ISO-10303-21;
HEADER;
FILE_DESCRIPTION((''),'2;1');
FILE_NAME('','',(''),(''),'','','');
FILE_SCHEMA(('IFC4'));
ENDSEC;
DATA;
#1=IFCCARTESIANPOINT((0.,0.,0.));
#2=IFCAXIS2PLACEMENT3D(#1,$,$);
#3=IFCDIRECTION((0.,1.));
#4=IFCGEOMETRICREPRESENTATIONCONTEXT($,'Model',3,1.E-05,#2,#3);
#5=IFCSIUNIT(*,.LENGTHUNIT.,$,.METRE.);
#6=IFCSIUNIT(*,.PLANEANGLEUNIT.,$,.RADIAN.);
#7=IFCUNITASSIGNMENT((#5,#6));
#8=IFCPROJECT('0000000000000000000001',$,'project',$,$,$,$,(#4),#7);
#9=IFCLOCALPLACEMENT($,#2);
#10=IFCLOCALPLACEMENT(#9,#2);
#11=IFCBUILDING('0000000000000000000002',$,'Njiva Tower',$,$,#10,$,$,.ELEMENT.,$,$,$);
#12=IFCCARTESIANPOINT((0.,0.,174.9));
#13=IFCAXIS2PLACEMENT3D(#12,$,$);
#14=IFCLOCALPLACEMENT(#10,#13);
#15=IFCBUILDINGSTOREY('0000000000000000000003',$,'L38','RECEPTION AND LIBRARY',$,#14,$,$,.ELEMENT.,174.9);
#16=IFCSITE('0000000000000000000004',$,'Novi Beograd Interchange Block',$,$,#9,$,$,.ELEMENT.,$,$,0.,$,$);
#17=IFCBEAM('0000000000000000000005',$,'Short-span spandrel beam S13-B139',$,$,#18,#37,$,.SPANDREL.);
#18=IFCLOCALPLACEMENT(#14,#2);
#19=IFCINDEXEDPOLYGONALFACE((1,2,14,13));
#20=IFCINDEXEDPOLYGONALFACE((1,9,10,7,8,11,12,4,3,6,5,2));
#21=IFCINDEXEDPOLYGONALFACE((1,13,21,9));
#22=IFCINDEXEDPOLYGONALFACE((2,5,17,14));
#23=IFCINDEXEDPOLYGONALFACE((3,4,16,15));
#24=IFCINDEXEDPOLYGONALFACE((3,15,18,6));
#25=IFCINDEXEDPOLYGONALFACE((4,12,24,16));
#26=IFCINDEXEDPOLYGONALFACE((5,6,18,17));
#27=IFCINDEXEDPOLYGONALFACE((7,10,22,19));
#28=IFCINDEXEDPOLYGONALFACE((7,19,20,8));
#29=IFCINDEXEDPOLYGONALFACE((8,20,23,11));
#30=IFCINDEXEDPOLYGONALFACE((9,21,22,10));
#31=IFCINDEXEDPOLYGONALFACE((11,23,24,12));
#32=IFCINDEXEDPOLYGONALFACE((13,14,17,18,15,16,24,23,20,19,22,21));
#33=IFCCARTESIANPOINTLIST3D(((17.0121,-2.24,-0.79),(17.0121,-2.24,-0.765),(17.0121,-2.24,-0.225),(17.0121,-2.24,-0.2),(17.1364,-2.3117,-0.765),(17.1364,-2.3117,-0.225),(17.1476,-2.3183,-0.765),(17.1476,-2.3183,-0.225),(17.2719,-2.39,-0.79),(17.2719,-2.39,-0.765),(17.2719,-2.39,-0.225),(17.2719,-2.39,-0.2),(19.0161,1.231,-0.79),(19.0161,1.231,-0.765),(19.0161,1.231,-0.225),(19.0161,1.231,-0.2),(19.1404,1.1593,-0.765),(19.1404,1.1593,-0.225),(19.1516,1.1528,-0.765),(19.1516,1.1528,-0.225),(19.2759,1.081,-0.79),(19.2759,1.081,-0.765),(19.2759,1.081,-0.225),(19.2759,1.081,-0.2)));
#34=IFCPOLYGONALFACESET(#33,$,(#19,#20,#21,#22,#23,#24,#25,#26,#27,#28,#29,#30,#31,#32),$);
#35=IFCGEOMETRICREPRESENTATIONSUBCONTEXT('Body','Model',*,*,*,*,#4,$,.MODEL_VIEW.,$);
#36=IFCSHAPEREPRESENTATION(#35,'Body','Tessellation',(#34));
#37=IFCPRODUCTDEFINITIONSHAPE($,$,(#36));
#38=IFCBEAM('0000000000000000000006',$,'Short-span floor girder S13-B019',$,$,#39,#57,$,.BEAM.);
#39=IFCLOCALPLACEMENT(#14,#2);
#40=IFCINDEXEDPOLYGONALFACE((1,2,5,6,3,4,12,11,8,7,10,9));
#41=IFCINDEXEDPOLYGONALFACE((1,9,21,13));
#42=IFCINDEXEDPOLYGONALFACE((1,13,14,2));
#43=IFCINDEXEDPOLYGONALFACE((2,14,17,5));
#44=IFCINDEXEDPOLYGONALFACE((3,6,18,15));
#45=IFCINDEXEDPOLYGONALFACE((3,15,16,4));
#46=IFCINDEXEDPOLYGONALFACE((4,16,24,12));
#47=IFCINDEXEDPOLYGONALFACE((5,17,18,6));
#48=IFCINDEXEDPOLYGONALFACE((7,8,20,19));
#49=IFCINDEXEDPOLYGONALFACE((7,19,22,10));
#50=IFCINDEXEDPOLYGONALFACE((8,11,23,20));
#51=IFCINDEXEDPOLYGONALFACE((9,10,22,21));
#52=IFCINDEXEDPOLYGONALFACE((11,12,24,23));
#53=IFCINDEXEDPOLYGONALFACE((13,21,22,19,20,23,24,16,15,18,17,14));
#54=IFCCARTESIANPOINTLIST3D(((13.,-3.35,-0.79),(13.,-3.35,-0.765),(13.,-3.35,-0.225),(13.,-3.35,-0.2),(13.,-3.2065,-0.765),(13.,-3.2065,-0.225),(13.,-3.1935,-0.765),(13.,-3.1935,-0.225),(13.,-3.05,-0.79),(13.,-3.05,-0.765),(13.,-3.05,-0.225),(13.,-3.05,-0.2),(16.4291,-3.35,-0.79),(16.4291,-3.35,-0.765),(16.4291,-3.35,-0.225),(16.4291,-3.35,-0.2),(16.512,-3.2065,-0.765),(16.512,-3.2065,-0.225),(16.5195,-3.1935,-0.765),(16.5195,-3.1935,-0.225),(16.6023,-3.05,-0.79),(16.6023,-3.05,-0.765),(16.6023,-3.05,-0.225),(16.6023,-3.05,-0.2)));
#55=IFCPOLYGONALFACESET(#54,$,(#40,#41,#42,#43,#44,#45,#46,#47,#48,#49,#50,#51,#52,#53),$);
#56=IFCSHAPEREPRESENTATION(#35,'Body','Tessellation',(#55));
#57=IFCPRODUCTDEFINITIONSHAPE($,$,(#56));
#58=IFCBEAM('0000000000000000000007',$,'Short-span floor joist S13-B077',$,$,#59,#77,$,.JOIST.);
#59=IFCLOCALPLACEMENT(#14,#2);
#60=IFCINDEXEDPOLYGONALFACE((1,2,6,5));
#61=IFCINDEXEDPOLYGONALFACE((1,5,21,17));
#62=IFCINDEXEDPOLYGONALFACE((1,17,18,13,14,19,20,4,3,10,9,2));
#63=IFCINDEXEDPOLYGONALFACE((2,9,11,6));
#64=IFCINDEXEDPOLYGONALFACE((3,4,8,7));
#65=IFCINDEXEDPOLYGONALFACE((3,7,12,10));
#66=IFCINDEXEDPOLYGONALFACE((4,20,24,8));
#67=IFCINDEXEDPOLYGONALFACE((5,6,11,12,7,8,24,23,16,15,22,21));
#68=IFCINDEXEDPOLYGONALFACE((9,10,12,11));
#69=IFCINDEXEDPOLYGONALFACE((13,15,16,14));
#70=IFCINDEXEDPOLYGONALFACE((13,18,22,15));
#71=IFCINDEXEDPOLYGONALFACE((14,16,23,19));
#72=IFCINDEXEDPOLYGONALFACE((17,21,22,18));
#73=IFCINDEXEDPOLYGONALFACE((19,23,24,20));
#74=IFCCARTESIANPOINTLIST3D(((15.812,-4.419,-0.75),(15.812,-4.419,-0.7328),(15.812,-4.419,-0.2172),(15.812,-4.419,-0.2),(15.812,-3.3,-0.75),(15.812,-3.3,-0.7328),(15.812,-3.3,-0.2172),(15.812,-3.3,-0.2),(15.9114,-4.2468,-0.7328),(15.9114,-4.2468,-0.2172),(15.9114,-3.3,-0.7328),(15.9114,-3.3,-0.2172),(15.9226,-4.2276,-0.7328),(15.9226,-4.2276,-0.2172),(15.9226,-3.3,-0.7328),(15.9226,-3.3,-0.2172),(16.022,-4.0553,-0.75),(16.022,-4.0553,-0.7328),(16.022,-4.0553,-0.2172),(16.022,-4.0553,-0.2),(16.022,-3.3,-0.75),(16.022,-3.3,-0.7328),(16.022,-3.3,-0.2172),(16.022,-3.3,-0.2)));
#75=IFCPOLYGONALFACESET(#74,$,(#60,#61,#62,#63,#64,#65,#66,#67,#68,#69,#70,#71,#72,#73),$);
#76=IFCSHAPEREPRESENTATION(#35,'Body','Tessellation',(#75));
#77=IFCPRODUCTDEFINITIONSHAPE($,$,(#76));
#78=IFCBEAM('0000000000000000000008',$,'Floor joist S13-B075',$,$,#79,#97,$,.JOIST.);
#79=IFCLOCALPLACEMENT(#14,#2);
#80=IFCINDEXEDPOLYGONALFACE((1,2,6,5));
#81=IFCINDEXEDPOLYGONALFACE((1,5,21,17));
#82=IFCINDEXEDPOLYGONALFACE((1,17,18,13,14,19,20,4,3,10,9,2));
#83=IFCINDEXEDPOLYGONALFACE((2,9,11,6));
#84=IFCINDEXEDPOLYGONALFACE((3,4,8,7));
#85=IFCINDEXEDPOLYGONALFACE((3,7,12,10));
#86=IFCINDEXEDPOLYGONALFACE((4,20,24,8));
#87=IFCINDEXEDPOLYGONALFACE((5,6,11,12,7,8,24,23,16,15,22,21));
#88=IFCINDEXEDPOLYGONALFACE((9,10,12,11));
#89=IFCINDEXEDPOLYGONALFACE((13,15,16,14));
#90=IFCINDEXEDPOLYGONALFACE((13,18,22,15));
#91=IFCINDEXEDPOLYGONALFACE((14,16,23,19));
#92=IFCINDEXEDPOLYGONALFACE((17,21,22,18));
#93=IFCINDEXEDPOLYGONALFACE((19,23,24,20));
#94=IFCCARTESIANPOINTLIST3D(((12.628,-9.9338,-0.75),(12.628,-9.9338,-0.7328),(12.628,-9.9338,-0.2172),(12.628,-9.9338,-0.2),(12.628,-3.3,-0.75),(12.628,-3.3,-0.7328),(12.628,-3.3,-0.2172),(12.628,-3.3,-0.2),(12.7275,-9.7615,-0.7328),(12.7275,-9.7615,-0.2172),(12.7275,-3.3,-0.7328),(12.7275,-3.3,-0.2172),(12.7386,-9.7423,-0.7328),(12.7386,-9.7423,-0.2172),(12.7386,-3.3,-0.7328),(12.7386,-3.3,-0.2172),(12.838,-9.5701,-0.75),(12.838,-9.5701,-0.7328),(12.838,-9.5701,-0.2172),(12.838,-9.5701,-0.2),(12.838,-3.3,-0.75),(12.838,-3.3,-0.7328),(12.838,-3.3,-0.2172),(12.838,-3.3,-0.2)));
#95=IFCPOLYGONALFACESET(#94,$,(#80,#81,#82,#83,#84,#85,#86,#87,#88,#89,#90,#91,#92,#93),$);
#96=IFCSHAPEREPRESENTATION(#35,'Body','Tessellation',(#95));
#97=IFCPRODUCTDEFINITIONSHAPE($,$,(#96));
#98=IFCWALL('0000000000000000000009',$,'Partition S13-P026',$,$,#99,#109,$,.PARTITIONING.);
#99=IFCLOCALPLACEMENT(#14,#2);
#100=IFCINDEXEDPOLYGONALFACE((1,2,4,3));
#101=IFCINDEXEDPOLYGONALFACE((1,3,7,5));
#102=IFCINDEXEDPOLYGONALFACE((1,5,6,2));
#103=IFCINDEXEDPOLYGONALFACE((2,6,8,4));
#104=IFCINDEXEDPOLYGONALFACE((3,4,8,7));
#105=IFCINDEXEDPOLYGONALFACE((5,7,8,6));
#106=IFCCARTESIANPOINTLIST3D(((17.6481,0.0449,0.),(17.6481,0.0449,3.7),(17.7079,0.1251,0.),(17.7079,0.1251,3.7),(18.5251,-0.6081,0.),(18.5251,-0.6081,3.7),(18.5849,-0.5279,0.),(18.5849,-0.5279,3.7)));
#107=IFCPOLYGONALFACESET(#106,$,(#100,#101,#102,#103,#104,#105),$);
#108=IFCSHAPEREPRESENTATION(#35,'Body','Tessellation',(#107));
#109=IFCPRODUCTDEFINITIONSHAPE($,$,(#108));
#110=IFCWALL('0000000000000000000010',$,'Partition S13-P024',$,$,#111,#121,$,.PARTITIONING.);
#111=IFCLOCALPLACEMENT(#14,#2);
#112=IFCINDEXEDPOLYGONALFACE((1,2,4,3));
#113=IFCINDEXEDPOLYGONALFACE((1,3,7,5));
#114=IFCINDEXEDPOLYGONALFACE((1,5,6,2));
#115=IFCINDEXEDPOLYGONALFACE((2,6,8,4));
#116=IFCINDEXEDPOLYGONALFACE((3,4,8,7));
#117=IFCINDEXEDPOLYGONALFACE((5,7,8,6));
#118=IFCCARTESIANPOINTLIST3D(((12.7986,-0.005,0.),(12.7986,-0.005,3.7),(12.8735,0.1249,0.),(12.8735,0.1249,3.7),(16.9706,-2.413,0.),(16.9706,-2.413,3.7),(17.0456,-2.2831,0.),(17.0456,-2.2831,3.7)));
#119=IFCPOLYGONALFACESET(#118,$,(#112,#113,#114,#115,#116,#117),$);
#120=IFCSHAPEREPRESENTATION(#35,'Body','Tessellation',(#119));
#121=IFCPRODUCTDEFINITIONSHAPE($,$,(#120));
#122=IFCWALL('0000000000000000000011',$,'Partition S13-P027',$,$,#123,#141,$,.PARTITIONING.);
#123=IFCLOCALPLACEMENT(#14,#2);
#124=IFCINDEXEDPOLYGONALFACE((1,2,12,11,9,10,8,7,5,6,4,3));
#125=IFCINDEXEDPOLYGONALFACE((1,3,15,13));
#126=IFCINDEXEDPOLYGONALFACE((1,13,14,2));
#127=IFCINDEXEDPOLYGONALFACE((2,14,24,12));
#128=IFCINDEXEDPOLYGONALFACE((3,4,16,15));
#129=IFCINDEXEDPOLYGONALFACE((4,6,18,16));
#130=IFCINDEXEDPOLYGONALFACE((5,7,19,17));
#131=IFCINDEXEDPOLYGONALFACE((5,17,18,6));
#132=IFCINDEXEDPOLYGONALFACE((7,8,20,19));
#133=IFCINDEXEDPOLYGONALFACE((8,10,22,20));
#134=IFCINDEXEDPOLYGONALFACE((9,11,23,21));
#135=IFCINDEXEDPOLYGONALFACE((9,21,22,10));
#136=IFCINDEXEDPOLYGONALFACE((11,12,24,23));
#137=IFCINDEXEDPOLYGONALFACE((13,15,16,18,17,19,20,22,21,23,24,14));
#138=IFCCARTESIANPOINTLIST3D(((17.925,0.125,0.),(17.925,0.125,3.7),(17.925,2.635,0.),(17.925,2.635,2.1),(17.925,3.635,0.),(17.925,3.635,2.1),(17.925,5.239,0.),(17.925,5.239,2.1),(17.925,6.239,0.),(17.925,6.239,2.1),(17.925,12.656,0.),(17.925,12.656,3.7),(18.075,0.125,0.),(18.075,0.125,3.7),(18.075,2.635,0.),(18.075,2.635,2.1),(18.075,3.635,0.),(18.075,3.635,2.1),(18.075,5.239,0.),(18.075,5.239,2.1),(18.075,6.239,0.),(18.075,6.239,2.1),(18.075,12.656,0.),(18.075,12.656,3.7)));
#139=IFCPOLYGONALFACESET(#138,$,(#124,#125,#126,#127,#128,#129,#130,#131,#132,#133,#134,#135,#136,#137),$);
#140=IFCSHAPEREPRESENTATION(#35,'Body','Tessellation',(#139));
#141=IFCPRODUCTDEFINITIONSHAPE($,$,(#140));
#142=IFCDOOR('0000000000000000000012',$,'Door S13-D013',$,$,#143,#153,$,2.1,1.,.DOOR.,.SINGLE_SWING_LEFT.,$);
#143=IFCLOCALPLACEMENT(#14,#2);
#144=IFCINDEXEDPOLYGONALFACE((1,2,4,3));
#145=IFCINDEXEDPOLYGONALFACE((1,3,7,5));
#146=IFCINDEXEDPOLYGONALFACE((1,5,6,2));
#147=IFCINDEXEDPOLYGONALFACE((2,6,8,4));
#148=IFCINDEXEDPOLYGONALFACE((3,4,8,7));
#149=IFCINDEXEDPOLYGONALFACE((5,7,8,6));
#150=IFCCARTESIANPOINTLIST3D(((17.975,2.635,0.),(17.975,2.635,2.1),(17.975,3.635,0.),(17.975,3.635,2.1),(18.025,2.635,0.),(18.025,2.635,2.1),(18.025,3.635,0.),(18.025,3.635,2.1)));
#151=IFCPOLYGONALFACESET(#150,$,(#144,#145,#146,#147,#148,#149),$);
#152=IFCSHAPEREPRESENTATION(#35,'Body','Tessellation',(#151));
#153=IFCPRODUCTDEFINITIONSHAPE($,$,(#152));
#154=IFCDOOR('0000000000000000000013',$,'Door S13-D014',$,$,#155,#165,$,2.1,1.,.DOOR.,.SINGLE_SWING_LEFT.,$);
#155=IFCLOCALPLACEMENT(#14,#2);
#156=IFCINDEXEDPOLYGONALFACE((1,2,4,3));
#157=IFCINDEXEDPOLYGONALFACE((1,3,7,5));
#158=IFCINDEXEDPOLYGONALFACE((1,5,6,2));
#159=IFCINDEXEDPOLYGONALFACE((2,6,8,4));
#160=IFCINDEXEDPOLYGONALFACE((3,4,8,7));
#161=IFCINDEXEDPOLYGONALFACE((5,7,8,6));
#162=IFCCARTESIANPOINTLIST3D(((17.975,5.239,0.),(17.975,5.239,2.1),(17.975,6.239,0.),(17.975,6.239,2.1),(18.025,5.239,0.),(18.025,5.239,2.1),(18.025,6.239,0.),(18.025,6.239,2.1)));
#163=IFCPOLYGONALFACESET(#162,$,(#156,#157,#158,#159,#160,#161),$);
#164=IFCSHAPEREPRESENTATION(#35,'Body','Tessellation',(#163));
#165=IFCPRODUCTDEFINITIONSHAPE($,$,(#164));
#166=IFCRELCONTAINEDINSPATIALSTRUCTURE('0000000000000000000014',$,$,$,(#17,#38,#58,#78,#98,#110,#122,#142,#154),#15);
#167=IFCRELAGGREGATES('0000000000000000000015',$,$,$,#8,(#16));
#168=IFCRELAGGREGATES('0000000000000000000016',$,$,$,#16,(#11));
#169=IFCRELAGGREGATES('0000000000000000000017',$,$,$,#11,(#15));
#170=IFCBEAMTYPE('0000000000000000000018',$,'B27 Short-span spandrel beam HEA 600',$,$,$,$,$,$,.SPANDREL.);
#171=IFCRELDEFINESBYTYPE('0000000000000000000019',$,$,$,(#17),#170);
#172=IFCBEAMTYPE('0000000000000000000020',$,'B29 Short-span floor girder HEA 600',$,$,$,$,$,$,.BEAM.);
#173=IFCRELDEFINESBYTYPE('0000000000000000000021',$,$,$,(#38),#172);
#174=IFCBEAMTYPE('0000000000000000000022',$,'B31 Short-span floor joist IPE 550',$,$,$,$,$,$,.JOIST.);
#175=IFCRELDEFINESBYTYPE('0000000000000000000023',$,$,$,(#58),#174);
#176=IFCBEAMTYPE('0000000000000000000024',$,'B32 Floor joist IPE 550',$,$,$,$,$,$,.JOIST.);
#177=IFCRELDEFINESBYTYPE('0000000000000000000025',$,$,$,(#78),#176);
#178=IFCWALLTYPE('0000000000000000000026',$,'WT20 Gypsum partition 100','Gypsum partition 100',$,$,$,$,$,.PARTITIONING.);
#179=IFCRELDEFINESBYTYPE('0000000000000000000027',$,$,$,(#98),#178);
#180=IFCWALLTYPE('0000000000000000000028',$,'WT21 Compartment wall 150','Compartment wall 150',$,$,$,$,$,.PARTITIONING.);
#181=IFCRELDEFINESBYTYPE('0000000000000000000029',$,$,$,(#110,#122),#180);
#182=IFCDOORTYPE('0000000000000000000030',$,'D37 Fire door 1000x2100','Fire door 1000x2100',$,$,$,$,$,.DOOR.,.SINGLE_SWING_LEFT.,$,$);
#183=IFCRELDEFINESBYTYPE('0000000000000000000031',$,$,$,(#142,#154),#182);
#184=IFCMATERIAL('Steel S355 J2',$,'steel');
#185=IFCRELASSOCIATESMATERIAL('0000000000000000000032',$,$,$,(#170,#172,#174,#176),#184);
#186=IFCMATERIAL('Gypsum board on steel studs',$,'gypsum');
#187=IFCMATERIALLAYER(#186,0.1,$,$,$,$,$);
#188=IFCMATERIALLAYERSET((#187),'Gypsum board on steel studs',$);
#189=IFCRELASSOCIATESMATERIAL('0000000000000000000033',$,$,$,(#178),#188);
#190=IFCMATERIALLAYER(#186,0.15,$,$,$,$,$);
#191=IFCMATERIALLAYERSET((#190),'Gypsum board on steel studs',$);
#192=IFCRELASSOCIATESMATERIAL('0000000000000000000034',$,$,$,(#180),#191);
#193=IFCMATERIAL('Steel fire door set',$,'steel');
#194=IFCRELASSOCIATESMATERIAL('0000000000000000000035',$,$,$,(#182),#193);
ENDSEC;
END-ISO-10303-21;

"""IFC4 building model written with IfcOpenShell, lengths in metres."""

from ifc_helpers import new_model, si_unit, direction, frame, frame_2d, origin, origin_2d, place, context, subcontext, project, spatial, rectangle, i_section, extrude, clip, halfspace, material, layer, layer_set, material_profile, profile_set, type_object, element, fill, save


model = new_model("IFC4")

# Units and contexts
model_context = context("Model", 3, precision=1e-05, world=origin(), true_north=direction((0.0, 1.0)))
body_context = subcontext(model_context, "Body", "Model", "MODEL_VIEW")
ifc_project = project(units=[si_unit("LENGTHUNIT", "METRE"), si_unit("PLANEANGLEUNIT", "RADIAN")], contexts=[model_context])

# Site, building, storey
site_placement = place(None, origin())
site = spatial("IfcSite", under=ifc_project, at=site_placement, Name="Novi Beograd Interchange Block", CompositionType="ELEMENT", RefElevation=0.0)
building_placement = place(site_placement, origin())
building = spatial("IfcBuilding", under=site, at=building_placement, Name="Njiva Tower", CompositionType="ELEMENT")
storey_placement = place(building_placement, frame((0.0, 0.0, 174.9)))
storey = spatial("IfcBuildingStorey", under=building, at=storey_placement, Name="L38", Description="RECEPTION AND LIBRARY", CompositionType="ELEMENT", Elevation=174.9)

# Shared definitions
ifc_material_1 = material(Name="Steel S355 J2", Category="steel")

# Beams
ifc_material_profile_1 = material_profile(ifc_material_1, i_section(OverallWidth=0.3, OverallDepth=0.59, WebThickness=0.013, FlangeThickness=0.025, at=origin_2d()), Name="HEA 600")
ifc_profile_set_1 = profile_set([ifc_material_profile_1], Name="Steel S355 J2")
beam_type_1 = type_object("IfcBeamType", Name="B27 Short-span spandrel beam HEA 600", PredefinedType="SPANDREL", material=ifc_profile_set_1)
for number, where, z_axis, x_axis, name in (
    (1, (17.142, -2.315, -0.495), (0.500003, 0.866024, 0.0), (-0.866024, 0.500003, 0.0), "Short-span spandrel beam S13-B139"),
):
    element("IfcBeam", number, at=place(storey_placement, frame(where, z_axis=z_axis, x_axis=x_axis)), inside=storey, type_object=beam_type_1, Name=name, PredefinedType="SPANDREL", context=body_context, shape_type="SweptSolid", body=[
        extrude(i_section(OverallWidth=0.3, OverallDepth=0.59, WebThickness=0.013, FlangeThickness=0.025, at=origin_2d()), origin(), (0.0, 0.0, 1.0), 4.008),
    ])
ifc_material_profile_2 = material_profile(ifc_material_1, i_section(OverallWidth=0.3, OverallDepth=0.59, WebThickness=0.013, FlangeThickness=0.025, at=origin_2d()), Name="HEA 600")
ifc_profile_set_2 = profile_set([ifc_material_profile_2], Name="Steel S355 J2")
beam_type_2 = type_object("IfcBeamType", Name="B29 Short-span floor girder HEA 600", PredefinedType="BEAM", material=ifc_profile_set_2)
beam_1_placement = place(storey_placement, frame((13.0, -3.2, -0.495), z_axis=(1.0, 0.0, 0.0), x_axis=(0.0, 1.0, 0.0)))
element("IfcBeam", 2, at=beam_1_placement, inside=storey, type_object=beam_type_2, Name="Short-span floor girder S13-B019", PredefinedType="BEAM", context=body_context, shape_type="Clipping", body=[
    clip(extrude(i_section(OverallWidth=0.3, OverallDepth=0.59, WebThickness=0.013, FlangeThickness=0.025, at=origin_2d()), origin(), (0.0, 0.0, 1.0), 3.623), halfspace(frame((-0.025, 0.0, 3.5013), z_axis=(-0.499998, 0.0, 0.866027), x_axis=(0.0, 1.0, 0.0)), False)),
])
ifc_material_profile_3 = material_profile(ifc_material_1, i_section(OverallWidth=0.21, OverallDepth=0.55, WebThickness=0.0111, FlangeThickness=0.0172, at=origin_2d()), Name="IPE 550")
ifc_profile_set_3 = profile_set([ifc_material_profile_3], Name="Steel S355 J2")
beam_type_3 = type_object("IfcBeamType", Name="B31 Short-span floor joist IPE 550", PredefinedType="JOIST", material=ifc_profile_set_3)
beam_2_placement = place(storey_placement, frame((15.917, -3.3, -0.475), z_axis=(0.0, -1.0, 0.0), x_axis=(1.0, 0.0, 0.0)))
element("IfcBeam", 3, at=beam_2_placement, inside=storey, type_object=beam_type_3, Name="Short-span floor joist S13-B077", PredefinedType="JOIST", context=body_context, shape_type="Clipping", body=[
    clip(extrude(i_section(OverallWidth=0.21, OverallDepth=0.55, WebThickness=0.0111, FlangeThickness=0.0172, at=origin_2d()), origin(), (0.0, 0.0, 1.0), 1.14), halfspace(frame((0.043, 0.0, 0.8627), z_axis=(0.866027, 0.0, 0.499998), x_axis=(0.0, 1.0, 0.0)), False)),
])
ifc_material_profile_4 = material_profile(ifc_material_1, i_section(OverallWidth=0.21, OverallDepth=0.55, WebThickness=0.0111, FlangeThickness=0.0172, at=origin_2d()), Name="IPE 550")
ifc_profile_set_4 = profile_set([ifc_material_profile_4], Name="Steel S355 J2")
beam_type_4 = type_object("IfcBeamType", Name="B32 Floor joist IPE 550", PredefinedType="JOIST", material=ifc_profile_set_4)
beam_3_placement = place(storey_placement, frame((12.733, -3.3, -0.475), z_axis=(0.0, -1.0, 0.0), x_axis=(1.0, 0.0, 0.0)))
element("IfcBeam", 4, at=beam_3_placement, inside=storey, type_object=beam_type_4, Name="Floor joist S13-B075", PredefinedType="JOIST", context=body_context, shape_type="Clipping", body=[
    clip(extrude(i_section(OverallWidth=0.21, OverallDepth=0.55, WebThickness=0.0111, FlangeThickness=0.0172, at=origin_2d()), origin(), (0.0, 0.0, 1.0), 6.653), halfspace(frame((0.0436, 0.0, 6.3764), z_axis=(0.866027, 0.0, 0.499998), x_axis=(0.0, 1.0, 0.0)), False)),
])

# Walls
ifc_material_2 = material(Name="Gypsum board on steel studs", Category="gypsum")
ifc_layer_1 = layer(ifc_material_2, 0.1)
ifc_layer_set_1 = layer_set([ifc_layer_1], Name="Gypsum board on steel studs")
wall_type_1 = type_object("IfcWallType", Name="WT20 Gypsum partition 100", Description="Gypsum partition 100", PredefinedType="PARTITIONING", material=ifc_layer_set_1)
wall_1_placement = place(storey_placement, frame((17.678, 0.085, 0.0), z_axis=(0.0, 0.0, 1.0), x_axis=(0.80208, -0.597216, 0.0)))
element("IfcWall", 5, at=wall_1_placement, inside=storey, type_object=wall_type_1, Name="Partition S13-P026", PredefinedType="PARTITIONING", context=body_context, shape_type="SweptSolid", body=[
    extrude(rectangle(XDim=1.0934, YDim=0.1, at=frame_2d((0.5467, 0.0))), origin(), (0.0, 0.0, 1.0), 3.7),
])
ifc_layer_2 = layer(ifc_material_2, 0.15)
ifc_layer_set_2 = layer_set([ifc_layer_2], Name="Gypsum board on steel studs")
wall_type_2 = type_object("IfcWallType", Name="WT21 Compartment wall 150", Description="Compartment wall 150", PredefinedType="PARTITIONING", material=ifc_layer_set_2)
wall_2_placement = place(storey_placement, frame((12.836, 0.06, 0.0), z_axis=(0.0, 0.0, 1.0), x_axis=(0.866089, -0.49989, 0.0)))
element("IfcWall", 6, at=wall_2_placement, inside=storey, type_object=wall_type_2, Name="Partition S13-P024", PredefinedType="PARTITIONING", context=body_context, shape_type="SweptSolid", body=[
    extrude(rectangle(XDim=4.8171, YDim=0.15, at=frame_2d((2.4086, 0.0))), origin(), (0.0, 0.0, 1.0), 3.7),
])

# Wall, openings, doors
wall_3_placement = place(storey_placement, frame((18.0, 0.125, 0.0), z_axis=(0.0, 0.0, 1.0), x_axis=(0.0, 1.0, 0.0)))
wall_3 = element("IfcWall", 7, at=wall_3_placement, inside=storey, type_object=wall_type_2, Name="Partition S13-P027", PredefinedType="PARTITIONING", context=body_context, shape_type="SweptSolid", body=[
    extrude(rectangle(XDim=12.531, YDim=0.15, at=frame_2d((6.2655, 0.0))), origin(), (0.0, 0.0, 1.0), 3.7),
])
opening_1_placement = place(wall_3_placement, frame((2.51, 0.0, 0.0)))
opening_1 = element("IfcOpeningElement", 8, at=opening_1_placement, cuts=wall_3, PredefinedType="OPENING", context=body_context, shape_type="SweptSolid", body=[
    extrude(rectangle(XDim=1.0, YDim=2.1, at=frame_2d((0.5, 1.05))), frame((0.0, 0.085, 0.0), z_axis=(0.0, -1.0, 0.0), x_axis=(1.0, 0.0, 0.0)), (0.0, 0.0, 1.0), 0.17),
])
opening_2_placement = place(wall_3_placement, frame((5.114, 0.0, 0.0)))
opening_2 = element("IfcOpeningElement", 9, at=opening_2_placement, cuts=wall_3, PredefinedType="OPENING", context=body_context, shape_type="SweptSolid", body=[
    extrude(rectangle(XDim=1.0, YDim=2.1, at=frame_2d((0.5, 1.05))), frame((0.0, 0.085, 0.0), z_axis=(0.0, -1.0, 0.0), x_axis=(1.0, 0.0, 0.0)), (0.0, 0.0, 1.0), 0.17),
])
ifc_material_3 = material(Name="Steel fire door set", Category="steel")
door_type = type_object("IfcDoorType", Name="D37 Fire door 1000x2100", Description="Fire door 1000x2100", OperationType="SINGLE_SWING_LEFT", PredefinedType="DOOR", material=ifc_material_3)
door_1_placement = place(opening_1_placement, origin())
door_1 = element("IfcDoor", 10, at=door_1_placement, inside=storey, type_object=door_type, Name="Door S13-D013", OperationType="SINGLE_SWING_LEFT", OverallHeight=2.1, OverallWidth=1.0, PredefinedType="DOOR", context=body_context, shape_type="SweptSolid", body=[
    extrude(rectangle(XDim=1.0, YDim=2.1, at=frame_2d((0.5, 1.05))), frame((0.0, 0.025, 0.0), z_axis=(0.0, -1.0, 0.0), x_axis=(1.0, 0.0, 0.0)), (0.0, 0.0, 1.0), 0.05),
])
fill(opening_1, door_1)
door_2_placement = place(opening_2_placement, origin())
door_2 = element("IfcDoor", 11, at=door_2_placement, inside=storey, type_object=door_type, Name="Door S13-D014", OperationType="SINGLE_SWING_LEFT", OverallHeight=2.1, OverallWidth=1.0, PredefinedType="DOOR", context=body_context, shape_type="SweptSolid", body=[
    extrude(rectangle(XDim=1.0, YDim=2.1, at=frame_2d((0.5, 1.05))), frame((0.0, 0.025, 0.0), z_axis=(0.0, -1.0, 0.0), x_axis=(1.0, 0.0, 0.0)), (0.0, 0.0, 1.0), 0.05),
])
fill(opening_2, door_2)

save(model, "model.ifc")
